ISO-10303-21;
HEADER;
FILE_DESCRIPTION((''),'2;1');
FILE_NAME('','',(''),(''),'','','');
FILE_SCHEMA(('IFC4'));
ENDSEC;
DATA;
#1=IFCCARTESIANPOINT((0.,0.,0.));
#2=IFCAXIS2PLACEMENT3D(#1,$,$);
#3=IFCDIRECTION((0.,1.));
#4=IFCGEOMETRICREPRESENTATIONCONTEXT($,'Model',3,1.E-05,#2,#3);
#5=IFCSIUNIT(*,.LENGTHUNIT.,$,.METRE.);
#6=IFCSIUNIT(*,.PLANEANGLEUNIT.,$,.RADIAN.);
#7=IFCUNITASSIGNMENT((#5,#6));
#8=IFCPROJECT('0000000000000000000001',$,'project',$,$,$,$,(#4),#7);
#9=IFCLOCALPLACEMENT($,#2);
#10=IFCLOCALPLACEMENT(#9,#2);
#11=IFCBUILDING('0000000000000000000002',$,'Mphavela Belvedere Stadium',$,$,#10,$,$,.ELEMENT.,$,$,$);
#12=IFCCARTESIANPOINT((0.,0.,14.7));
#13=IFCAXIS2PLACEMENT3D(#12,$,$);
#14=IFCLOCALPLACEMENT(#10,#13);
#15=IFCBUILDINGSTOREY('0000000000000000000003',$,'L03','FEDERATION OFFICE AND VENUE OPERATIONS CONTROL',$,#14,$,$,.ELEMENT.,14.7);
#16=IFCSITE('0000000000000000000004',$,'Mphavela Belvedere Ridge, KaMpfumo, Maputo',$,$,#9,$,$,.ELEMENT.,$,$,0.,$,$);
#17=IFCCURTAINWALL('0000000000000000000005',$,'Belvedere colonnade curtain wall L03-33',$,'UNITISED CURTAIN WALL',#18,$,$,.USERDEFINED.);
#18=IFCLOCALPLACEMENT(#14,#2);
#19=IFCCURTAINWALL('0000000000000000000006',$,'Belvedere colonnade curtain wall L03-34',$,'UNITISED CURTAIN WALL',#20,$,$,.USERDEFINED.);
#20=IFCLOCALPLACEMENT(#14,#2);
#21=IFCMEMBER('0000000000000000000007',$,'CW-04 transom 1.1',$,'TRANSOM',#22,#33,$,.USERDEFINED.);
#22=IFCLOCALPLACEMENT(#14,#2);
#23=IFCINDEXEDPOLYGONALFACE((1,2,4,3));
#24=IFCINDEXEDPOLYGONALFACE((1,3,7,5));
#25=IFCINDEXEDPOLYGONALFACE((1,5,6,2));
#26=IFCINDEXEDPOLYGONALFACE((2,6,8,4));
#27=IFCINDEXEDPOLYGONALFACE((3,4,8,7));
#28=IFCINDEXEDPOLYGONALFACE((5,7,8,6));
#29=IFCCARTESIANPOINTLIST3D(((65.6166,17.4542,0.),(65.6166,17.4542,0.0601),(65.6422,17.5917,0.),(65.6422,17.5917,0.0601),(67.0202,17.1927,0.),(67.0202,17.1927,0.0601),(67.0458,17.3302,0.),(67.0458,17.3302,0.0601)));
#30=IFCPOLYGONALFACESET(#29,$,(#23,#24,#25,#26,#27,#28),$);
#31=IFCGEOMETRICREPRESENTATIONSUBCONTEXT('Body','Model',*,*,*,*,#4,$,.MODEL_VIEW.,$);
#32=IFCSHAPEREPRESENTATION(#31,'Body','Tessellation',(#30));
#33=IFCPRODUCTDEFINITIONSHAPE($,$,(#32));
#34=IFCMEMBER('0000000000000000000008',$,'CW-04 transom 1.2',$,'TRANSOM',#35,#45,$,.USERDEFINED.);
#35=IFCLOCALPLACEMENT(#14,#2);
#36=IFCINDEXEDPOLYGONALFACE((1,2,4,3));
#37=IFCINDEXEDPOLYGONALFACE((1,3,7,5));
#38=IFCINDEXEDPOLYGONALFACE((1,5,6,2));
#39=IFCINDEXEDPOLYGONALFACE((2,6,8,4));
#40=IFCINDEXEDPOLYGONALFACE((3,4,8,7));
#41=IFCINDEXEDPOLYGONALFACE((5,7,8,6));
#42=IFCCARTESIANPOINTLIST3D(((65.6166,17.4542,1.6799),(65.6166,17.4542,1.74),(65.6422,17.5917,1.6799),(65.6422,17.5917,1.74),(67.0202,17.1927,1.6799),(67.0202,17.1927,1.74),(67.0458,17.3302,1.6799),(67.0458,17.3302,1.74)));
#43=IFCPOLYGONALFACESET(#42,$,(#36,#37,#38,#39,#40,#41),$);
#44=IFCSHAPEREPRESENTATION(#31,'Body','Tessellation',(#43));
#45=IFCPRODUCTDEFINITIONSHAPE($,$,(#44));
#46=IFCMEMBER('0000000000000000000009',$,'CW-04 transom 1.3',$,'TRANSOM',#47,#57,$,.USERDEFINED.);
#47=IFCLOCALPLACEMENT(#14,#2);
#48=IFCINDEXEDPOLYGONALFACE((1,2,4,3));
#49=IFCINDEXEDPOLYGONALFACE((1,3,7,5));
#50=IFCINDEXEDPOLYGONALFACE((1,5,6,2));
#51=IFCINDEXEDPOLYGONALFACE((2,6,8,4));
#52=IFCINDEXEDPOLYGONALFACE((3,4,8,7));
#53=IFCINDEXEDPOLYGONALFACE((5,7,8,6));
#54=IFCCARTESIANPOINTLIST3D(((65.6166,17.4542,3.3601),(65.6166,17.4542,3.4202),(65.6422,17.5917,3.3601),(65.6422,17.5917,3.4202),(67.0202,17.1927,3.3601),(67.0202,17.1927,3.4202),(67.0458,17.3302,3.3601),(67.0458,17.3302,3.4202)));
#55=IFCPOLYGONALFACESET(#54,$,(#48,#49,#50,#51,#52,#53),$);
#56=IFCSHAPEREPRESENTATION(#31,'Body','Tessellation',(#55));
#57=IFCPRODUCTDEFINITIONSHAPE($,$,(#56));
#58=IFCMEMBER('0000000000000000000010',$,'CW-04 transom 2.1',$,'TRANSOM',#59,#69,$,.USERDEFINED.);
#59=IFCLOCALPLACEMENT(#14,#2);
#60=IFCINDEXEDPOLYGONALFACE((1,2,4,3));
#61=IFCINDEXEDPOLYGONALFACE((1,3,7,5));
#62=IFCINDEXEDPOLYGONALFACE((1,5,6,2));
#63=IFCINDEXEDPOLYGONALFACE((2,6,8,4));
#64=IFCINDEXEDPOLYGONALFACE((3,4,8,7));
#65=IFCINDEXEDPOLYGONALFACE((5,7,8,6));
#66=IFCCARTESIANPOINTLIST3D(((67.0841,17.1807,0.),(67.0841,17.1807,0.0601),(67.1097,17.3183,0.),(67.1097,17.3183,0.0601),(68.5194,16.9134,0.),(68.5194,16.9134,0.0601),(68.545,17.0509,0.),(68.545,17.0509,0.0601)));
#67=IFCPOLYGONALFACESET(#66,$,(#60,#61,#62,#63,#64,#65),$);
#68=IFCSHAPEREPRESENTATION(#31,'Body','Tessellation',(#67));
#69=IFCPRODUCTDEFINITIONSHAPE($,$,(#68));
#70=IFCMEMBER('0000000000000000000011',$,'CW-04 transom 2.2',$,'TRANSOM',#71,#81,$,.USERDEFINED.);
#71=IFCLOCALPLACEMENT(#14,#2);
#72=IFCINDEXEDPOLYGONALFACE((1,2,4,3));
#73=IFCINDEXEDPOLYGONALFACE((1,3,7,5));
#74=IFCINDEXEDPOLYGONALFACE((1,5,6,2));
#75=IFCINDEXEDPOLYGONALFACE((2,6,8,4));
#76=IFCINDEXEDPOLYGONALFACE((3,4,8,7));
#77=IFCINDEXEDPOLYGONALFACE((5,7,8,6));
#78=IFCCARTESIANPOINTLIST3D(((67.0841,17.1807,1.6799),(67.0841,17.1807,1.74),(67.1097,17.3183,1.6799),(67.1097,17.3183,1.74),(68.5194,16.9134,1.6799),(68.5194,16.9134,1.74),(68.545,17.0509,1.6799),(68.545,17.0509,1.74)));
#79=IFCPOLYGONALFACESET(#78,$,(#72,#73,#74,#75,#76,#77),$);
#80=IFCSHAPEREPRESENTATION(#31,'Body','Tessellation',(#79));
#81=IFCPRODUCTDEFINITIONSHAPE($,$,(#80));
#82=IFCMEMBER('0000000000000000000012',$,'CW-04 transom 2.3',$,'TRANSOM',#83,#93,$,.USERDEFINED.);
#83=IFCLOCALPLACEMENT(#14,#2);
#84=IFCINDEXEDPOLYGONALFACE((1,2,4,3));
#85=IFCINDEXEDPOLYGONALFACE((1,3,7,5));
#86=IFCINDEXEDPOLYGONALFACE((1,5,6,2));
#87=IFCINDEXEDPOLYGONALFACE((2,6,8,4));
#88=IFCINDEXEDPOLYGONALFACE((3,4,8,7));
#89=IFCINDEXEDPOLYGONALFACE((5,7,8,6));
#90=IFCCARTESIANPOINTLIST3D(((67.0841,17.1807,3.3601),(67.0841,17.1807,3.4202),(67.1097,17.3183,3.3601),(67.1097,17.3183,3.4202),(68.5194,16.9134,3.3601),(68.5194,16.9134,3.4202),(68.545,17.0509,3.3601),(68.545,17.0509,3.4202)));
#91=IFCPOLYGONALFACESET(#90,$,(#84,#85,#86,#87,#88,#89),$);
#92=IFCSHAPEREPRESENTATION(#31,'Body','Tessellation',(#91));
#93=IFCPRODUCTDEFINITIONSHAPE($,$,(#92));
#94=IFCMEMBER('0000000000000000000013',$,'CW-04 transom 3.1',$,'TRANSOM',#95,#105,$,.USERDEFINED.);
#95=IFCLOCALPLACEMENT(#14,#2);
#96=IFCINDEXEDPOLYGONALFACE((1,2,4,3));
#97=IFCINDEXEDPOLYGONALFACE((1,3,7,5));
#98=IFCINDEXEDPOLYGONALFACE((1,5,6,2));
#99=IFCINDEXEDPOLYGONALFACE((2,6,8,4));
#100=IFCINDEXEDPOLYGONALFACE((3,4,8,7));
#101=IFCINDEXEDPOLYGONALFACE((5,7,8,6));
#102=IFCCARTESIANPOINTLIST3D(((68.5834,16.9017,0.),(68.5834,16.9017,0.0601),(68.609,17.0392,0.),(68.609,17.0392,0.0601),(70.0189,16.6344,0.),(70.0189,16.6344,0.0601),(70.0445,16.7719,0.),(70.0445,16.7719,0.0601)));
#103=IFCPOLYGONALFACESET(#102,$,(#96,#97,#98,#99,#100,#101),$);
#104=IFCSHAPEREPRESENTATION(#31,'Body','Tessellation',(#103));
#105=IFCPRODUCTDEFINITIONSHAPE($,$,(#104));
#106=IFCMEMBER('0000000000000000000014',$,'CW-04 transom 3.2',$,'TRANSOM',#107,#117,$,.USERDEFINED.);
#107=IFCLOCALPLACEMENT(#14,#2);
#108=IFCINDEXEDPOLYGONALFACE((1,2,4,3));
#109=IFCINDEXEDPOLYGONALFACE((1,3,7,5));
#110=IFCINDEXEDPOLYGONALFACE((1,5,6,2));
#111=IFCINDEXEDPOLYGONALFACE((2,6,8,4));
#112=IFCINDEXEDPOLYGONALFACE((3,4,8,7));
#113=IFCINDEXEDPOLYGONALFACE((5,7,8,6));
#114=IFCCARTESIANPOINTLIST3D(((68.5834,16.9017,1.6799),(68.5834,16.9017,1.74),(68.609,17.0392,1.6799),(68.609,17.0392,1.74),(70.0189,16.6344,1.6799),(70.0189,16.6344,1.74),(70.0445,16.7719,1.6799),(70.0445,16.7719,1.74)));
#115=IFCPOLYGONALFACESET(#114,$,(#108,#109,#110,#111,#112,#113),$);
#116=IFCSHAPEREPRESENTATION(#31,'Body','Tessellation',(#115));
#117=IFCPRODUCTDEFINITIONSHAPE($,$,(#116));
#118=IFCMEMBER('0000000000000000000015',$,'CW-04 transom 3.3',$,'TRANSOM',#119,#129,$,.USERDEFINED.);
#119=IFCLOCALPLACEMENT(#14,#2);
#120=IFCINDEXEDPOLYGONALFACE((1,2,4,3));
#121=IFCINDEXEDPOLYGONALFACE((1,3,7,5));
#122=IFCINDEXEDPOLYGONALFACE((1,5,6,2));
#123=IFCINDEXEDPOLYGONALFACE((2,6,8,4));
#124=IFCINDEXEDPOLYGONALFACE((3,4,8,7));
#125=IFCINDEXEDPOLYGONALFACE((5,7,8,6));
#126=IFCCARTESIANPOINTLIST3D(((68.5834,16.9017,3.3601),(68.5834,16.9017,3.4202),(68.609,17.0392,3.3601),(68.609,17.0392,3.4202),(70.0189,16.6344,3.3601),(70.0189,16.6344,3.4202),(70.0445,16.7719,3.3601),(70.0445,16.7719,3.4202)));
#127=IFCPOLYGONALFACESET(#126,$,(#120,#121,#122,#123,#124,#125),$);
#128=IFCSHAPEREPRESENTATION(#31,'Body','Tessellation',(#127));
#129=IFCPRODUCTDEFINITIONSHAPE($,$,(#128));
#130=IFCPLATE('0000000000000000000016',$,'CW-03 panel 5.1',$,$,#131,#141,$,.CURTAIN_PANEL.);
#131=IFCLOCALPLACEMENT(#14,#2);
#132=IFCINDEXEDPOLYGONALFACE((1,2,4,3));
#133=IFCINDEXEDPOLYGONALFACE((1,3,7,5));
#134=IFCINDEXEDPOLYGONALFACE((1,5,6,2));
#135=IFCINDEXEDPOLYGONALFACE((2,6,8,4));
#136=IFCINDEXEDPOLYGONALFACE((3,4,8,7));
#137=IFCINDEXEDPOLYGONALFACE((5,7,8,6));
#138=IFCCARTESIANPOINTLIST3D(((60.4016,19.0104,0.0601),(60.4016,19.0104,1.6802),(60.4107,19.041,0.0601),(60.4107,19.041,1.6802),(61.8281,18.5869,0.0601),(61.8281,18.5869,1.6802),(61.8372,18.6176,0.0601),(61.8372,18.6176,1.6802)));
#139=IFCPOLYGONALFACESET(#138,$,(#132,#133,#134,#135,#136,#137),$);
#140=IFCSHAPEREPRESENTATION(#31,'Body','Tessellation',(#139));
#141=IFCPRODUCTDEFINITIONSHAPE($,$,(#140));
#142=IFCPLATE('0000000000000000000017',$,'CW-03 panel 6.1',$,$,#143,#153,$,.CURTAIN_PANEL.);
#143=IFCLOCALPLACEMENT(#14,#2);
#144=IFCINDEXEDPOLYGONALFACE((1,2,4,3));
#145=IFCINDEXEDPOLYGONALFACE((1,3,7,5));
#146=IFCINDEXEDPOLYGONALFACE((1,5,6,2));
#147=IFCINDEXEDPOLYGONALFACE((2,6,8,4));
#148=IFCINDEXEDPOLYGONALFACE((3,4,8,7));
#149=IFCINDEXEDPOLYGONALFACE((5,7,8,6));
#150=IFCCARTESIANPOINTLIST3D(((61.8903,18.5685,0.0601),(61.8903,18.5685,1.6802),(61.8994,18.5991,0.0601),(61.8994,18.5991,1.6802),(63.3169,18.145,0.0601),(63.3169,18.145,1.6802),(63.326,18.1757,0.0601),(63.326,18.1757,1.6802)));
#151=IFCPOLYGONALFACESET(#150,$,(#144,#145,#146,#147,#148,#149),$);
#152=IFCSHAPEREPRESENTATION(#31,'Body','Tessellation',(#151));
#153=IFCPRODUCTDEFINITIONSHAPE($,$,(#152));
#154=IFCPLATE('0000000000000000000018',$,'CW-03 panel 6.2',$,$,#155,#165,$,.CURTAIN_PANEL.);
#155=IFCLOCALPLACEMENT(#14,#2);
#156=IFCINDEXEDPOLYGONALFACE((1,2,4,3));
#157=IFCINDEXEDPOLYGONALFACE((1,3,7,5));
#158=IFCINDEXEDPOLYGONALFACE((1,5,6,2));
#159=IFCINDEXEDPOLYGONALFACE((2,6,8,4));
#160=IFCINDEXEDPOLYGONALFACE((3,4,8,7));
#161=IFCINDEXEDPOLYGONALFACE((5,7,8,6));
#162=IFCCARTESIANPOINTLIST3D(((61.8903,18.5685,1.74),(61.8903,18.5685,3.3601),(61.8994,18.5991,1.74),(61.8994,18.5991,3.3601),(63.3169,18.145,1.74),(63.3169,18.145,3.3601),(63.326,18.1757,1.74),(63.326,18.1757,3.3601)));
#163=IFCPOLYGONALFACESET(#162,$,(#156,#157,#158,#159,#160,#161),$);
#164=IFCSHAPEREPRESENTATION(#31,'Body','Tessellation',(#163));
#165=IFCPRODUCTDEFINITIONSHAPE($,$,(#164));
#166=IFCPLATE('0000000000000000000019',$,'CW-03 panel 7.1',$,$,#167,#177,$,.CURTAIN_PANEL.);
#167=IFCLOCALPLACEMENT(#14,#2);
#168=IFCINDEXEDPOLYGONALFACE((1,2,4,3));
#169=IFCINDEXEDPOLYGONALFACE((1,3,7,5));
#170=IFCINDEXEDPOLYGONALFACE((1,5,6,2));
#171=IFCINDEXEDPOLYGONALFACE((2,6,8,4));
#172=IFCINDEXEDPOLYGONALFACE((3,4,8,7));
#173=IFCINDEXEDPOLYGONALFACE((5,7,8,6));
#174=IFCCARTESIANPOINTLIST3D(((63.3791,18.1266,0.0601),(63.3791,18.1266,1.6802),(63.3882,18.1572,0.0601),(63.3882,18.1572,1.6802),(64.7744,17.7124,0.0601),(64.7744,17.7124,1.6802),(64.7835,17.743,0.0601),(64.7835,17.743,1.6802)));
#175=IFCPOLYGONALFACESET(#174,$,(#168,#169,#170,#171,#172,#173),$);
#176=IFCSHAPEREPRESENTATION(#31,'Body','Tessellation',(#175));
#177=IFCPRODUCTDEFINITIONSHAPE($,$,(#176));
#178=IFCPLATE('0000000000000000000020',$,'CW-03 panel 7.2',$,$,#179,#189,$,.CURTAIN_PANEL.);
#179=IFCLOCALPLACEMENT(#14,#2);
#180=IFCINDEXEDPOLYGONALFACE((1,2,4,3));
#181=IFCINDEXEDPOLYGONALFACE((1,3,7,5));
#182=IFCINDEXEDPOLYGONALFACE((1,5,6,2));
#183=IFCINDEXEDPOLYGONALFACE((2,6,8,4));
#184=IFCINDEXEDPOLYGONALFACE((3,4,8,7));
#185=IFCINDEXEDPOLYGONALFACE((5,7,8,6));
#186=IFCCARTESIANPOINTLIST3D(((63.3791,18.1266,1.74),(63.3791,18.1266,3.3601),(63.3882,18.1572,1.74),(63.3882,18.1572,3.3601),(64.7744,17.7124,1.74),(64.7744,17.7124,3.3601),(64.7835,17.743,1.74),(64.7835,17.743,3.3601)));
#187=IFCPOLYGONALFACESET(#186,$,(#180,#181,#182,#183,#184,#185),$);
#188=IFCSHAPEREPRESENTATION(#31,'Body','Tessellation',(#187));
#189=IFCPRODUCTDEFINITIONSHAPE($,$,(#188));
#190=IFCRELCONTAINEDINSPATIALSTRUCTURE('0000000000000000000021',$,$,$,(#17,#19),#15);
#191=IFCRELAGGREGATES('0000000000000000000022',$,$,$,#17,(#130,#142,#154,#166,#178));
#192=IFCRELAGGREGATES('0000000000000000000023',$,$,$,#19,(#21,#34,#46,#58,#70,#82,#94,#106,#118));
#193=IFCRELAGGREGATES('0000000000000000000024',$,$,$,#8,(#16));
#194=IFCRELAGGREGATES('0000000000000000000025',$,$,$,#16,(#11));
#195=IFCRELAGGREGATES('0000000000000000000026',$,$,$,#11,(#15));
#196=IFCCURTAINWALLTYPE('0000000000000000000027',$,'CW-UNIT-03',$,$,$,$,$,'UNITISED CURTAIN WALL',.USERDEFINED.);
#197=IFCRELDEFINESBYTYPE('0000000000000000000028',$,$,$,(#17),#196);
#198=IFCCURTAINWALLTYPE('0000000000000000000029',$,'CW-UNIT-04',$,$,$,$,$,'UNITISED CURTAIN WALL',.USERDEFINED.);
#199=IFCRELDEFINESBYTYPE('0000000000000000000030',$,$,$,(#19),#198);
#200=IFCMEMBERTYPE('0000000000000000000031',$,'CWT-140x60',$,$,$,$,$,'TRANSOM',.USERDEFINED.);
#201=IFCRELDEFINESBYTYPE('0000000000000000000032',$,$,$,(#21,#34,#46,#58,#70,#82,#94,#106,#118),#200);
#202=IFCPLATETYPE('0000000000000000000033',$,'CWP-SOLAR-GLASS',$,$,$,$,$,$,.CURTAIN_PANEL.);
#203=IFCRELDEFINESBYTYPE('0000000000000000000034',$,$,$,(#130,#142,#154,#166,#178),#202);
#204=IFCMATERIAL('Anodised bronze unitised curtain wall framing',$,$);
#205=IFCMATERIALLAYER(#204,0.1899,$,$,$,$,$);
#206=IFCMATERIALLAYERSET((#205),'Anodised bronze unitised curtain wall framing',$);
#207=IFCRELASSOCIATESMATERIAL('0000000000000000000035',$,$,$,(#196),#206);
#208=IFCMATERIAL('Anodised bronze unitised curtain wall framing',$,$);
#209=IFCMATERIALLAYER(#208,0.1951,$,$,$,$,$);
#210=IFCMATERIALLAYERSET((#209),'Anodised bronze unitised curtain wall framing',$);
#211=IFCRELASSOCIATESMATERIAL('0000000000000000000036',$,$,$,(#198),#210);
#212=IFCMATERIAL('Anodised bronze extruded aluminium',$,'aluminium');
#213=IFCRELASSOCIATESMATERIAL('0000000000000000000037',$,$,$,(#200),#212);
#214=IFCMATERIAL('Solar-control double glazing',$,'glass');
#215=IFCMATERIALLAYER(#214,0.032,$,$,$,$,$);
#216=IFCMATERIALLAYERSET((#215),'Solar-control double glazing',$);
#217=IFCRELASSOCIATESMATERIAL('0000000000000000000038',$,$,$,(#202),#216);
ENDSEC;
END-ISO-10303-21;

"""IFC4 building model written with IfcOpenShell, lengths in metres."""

from ifc_helpers import new_model, si_unit, direction, frame, origin, origin_2d, place, context, subcontext, project, spatial, rectangle, extrude, material, layer, layer_set, material_profile, profile_set, type_object, element, aggregate, save


model = new_model("IFC4")

# Units and contexts
model_context = context("Model", 3, precision=1e-05, world=origin(), true_north=direction((0.0, 1.0)))
body_context = subcontext(model_context, "Body", "Model", "MODEL_VIEW")
ifc_project = project(units=[si_unit("LENGTHUNIT", "METRE"), si_unit("PLANEANGLEUNIT", "RADIAN")], contexts=[model_context])

# Site, building, storey
site_placement = place(None, origin())
site = spatial("IfcSite", under=ifc_project, at=site_placement, Name="Mphavela Belvedere Ridge, KaMpfumo, Maputo", CompositionType="ELEMENT", RefElevation=0.0)
building_placement = place(site_placement, origin())
building = spatial("IfcBuilding", under=site, at=building_placement, Name="Mphavela Belvedere Stadium", CompositionType="ELEMENT")
storey_placement = place(building_placement, frame((0.0, 0.0, 14.7)))
storey = spatial("IfcBuildingStorey", under=building, at=storey_placement, Name="L03", Description="FEDERATION OFFICE AND VENUE OPERATIONS CONTROL", CompositionType="ELEMENT", Elevation=14.7)

# Curtain walls
ifc_material_1 = material(Name="Anodised bronze unitised curtain wall framing")
ifc_layer_1 = layer(ifc_material_1, 0.1899)
ifc_layer_set_1 = layer_set([ifc_layer_1], Name="Anodised bronze unitised curtain wall framing")
curtain_wall_type_1 = type_object("IfcCurtainWallType", Name="CW-UNIT-03", ElementType="UNITISED CURTAIN WALL", PredefinedType="USERDEFINED", material=ifc_layer_set_1)
curtain_wall_1_placement = place(storey_placement, origin())
curtain_wall_1 = element("IfcCurtainWall", 1, at=curtain_wall_1_placement, inside=storey, type_object=curtain_wall_type_1, Name="Belvedere colonnade curtain wall L03-33", ObjectType="UNITISED CURTAIN WALL", PredefinedType="USERDEFINED")
ifc_material_2 = material(Name="Anodised bronze unitised curtain wall framing")
ifc_layer_2 = layer(ifc_material_2, 0.1951)
ifc_layer_set_2 = layer_set([ifc_layer_2], Name="Anodised bronze unitised curtain wall framing")
curtain_wall_type_2 = type_object("IfcCurtainWallType", Name="CW-UNIT-04", ElementType="UNITISED CURTAIN WALL", PredefinedType="USERDEFINED", material=ifc_layer_set_2)
curtain_wall_2_placement = place(storey_placement, origin())
curtain_wall_2 = element("IfcCurtainWall", 2, at=curtain_wall_2_placement, inside=storey, type_object=curtain_wall_type_2, Name="Belvedere colonnade curtain wall L03-34", ObjectType="UNITISED CURTAIN WALL", PredefinedType="USERDEFINED")

# Members
ifc_material_3 = material(Name="Anodised bronze extruded aluminium", Category="aluminium")
ifc_material_profile_1 = material_profile(ifc_material_3, rectangle(XDim=0.1399, YDim=0.0601, at=origin_2d()), Name="CW-TRN 140x60")
ifc_profile_set_1 = profile_set([ifc_material_profile_1], Name="Anodised bronze extruded aluminium")
member_type_1 = type_object("IfcMemberType", Name="CWT-140x60", ElementType="TRANSOM", PredefinedType="USERDEFINED", material=ifc_profile_set_1)
member_1_placement = place(storey_placement, frame((65.6294, 17.5229, 0.03), z_axis=(0.983086, -0.183142, 0.0), x_axis=(0.183142, 0.983086, 0.0)))
member_1 = element("IfcMember", 3, at=member_1_placement, type_object=member_type_1, Name="CW-04 transom 1.1", ObjectType="TRANSOM", PredefinedType="USERDEFINED", context=body_context, shape_type="SweptSolid", body=[
    extrude(rectangle(XDim=0.1399, YDim=0.0601, at=origin_2d()), origin(), (0.0, 0.0, 1.0), 1.4277),
])
member_2_placement = place(storey_placement, frame((65.6294, 17.5229, 1.71), z_axis=(0.983086, -0.183142, 0.0), x_axis=(0.183142, 0.983086, 0.0)))
member_2 = element("IfcMember", 4, at=member_2_placement, type_object=member_type_1, Name="CW-04 transom 1.2", ObjectType="TRANSOM", PredefinedType="USERDEFINED", context=body_context, shape_type="SweptSolid", body=[
    extrude(rectangle(XDim=0.1399, YDim=0.0601, at=origin_2d()), origin(), (0.0, 0.0, 1.0), 1.4277),
])
member_3_placement = place(storey_placement, frame((65.6294, 17.5229, 3.3901), z_axis=(0.983086, -0.183142, 0.0), x_axis=(0.183142, 0.983086, 0.0)))
member_3 = element("IfcMember", 5, at=member_3_placement, type_object=member_type_1, Name="CW-04 transom 1.3", ObjectType="TRANSOM", PredefinedType="USERDEFINED", context=body_context, shape_type="SweptSolid", body=[
    extrude(rectangle(XDim=0.1399, YDim=0.0601, at=origin_2d()), origin(), (0.0, 0.0, 1.0), 1.4277),
])
member_4_placement = place(storey_placement, frame((67.0969, 17.2495, 0.03), z_axis=(0.983093, -0.183107, 0.0), x_axis=(0.183107, 0.983093, 0.0)))
member_4 = element("IfcMember", 6, at=member_4_placement, type_object=member_type_1, Name="CW-04 transom 2.1", ObjectType="TRANSOM", PredefinedType="USERDEFINED", context=body_context, shape_type="SweptSolid", body=[
    extrude(rectangle(XDim=0.1399, YDim=0.0601, at=origin_2d()), origin(), (0.0, 0.0, 1.0), 1.46),
])
member_5_placement = place(storey_placement, frame((67.0969, 17.2495, 1.71), z_axis=(0.983093, -0.183107, 0.0), x_axis=(0.183107, 0.983093, 0.0)))
member_5 = element("IfcMember", 7, at=member_5_placement, type_object=member_type_1, Name="CW-04 transom 2.2", ObjectType="TRANSOM", PredefinedType="USERDEFINED", context=body_context, shape_type="SweptSolid", body=[
    extrude(rectangle(XDim=0.1399, YDim=0.0601, at=origin_2d()), origin(), (0.0, 0.0, 1.0), 1.46),
])
member_6_placement = place(storey_placement, frame((67.0969, 17.2495, 3.3901), z_axis=(0.983093, -0.183107, 0.0), x_axis=(0.183107, 0.983093, 0.0)))
member_6 = element("IfcMember", 8, at=member_6_placement, type_object=member_type_1, Name="CW-04 transom 2.3", ObjectType="TRANSOM", PredefinedType="USERDEFINED", context=body_context, shape_type="SweptSolid", body=[
    extrude(rectangle(XDim=0.1399, YDim=0.0601, at=origin_2d()), origin(), (0.0, 0.0, 1.0), 1.46),
])
member_7_placement = place(storey_placement, frame((68.5962, 16.9705, 0.03), z_axis=(0.983099, -0.183077, 0.0), x_axis=(0.183077, 0.983099, 0.0)))
member_7 = element("IfcMember", 9, at=member_7_placement, type_object=member_type_1, Name="CW-04 transom 3.1", ObjectType="TRANSOM", PredefinedType="USERDEFINED", context=body_context, shape_type="SweptSolid", body=[
    extrude(rectangle(XDim=0.1399, YDim=0.0601, at=origin_2d()), origin(), (0.0, 0.0, 1.0), 1.4602),
])
member_8_placement = place(storey_placement, frame((68.5962, 16.9705, 1.71), z_axis=(0.983099, -0.183077, 0.0), x_axis=(0.183077, 0.983099, 0.0)))
member_8 = element("IfcMember", 10, at=member_8_placement, type_object=member_type_1, Name="CW-04 transom 3.2", ObjectType="TRANSOM", PredefinedType="USERDEFINED", context=body_context, shape_type="SweptSolid", body=[
    extrude(rectangle(XDim=0.1399, YDim=0.0601, at=origin_2d()), origin(), (0.0, 0.0, 1.0), 1.4602),
])
member_9_placement = place(storey_placement, frame((68.5962, 16.9705, 3.3901), z_axis=(0.983099, -0.183077, 0.0), x_axis=(0.183077, 0.983099, 0.0)))
member_9 = element("IfcMember", 11, at=member_9_placement, type_object=member_type_1, Name="CW-04 transom 3.3", ObjectType="TRANSOM", PredefinedType="USERDEFINED", context=body_context, shape_type="SweptSolid", body=[
    extrude(rectangle(XDim=0.1399, YDim=0.0601, at=origin_2d()), origin(), (0.0, 0.0, 1.0), 1.4602),
])

# Plates
ifc_material_4 = material(Name="Solar-control double glazing", Category="glass")
ifc_layer_3 = layer(ifc_material_4, 0.032)
ifc_layer_set_3 = layer_set([ifc_layer_3], Name="Solar-control double glazing")
plate_type = type_object("IfcPlateType", Name="CWP-SOLAR-GLASS", PredefinedType="CURTAIN_PANEL", material=ifc_layer_set_3)
plate_1_placement = place(storey_placement, frame((61.1194, 18.814, 0.0601), z_axis=(0.0, 0.0, 1.0), x_axis=(0.958657, -0.284565, 0.0)))
plate_1 = element("IfcPlate", 12, at=plate_1_placement, type_object=plate_type, Name="CW-03 panel 5.1", PredefinedType="CURTAIN_PANEL", context=body_context, shape_type="SweptSolid", body=[
    extrude(rectangle(XDim=1.488, YDim=0.032, at=origin_2d()), origin(), (0.0, 0.0, 1.0), 1.6201),
])
plate_2_placement = place(storey_placement, frame((62.6082, 18.3721, 0.0601), z_axis=(0.0, 0.0, 1.0), x_axis=(0.958657, -0.284565, 0.0)))
plate_2 = element("IfcPlate", 13, at=plate_2_placement, type_object=plate_type, Name="CW-03 panel 6.1", PredefinedType="CURTAIN_PANEL", context=body_context, shape_type="SweptSolid", body=[
    extrude(rectangle(XDim=1.488, YDim=0.032, at=origin_2d()), origin(), (0.0, 0.0, 1.0), 1.6201),
])
plate_3_placement = place(storey_placement, frame((62.6082, 18.3721, 1.74), z_axis=(0.0, 0.0, 1.0), x_axis=(0.958657, -0.284565, 0.0)))
plate_3 = element("IfcPlate", 14, at=plate_3_placement, type_object=plate_type, Name="CW-03 panel 6.2", PredefinedType="CURTAIN_PANEL", context=body_context, shape_type="SweptSolid", body=[
    extrude(rectangle(XDim=1.488, YDim=0.032, at=origin_2d()), origin(), (0.0, 0.0, 1.0), 1.6201),
])
plate_4_placement = place(storey_placement, frame((64.0813, 17.9348, 0.0601), z_axis=(0.0, 0.0, 1.0), x_axis=(0.958657, -0.284565, 0.0)))
plate_4 = element("IfcPlate", 15, at=plate_4_placement, type_object=plate_type, Name="CW-03 panel 7.1", PredefinedType="CURTAIN_PANEL", context=body_context, shape_type="SweptSolid", body=[
    extrude(rectangle(XDim=1.4556, YDim=0.032, at=origin_2d()), origin(), (0.0, 0.0, 1.0), 1.6201),
])
plate_5_placement = place(storey_placement, frame((64.0813, 17.9348, 1.74), z_axis=(0.0, 0.0, 1.0), x_axis=(0.958657, -0.284565, 0.0)))
plate_5 = element("IfcPlate", 16, at=plate_5_placement, type_object=plate_type, Name="CW-03 panel 7.2", PredefinedType="CURTAIN_PANEL", context=body_context, shape_type="SweptSolid", body=[
    extrude(rectangle(XDim=1.4556, YDim=0.032, at=origin_2d()), origin(), (0.0, 0.0, 1.0), 1.6201),
])
aggregate(curtain_wall_1, [plate_1, plate_2, plate_3, plate_4, plate_5])
aggregate(curtain_wall_2, [member_1, member_2, member_3, member_4, member_5, member_6, member_7, member_8, member_9])

save(model, "model.ifc")
